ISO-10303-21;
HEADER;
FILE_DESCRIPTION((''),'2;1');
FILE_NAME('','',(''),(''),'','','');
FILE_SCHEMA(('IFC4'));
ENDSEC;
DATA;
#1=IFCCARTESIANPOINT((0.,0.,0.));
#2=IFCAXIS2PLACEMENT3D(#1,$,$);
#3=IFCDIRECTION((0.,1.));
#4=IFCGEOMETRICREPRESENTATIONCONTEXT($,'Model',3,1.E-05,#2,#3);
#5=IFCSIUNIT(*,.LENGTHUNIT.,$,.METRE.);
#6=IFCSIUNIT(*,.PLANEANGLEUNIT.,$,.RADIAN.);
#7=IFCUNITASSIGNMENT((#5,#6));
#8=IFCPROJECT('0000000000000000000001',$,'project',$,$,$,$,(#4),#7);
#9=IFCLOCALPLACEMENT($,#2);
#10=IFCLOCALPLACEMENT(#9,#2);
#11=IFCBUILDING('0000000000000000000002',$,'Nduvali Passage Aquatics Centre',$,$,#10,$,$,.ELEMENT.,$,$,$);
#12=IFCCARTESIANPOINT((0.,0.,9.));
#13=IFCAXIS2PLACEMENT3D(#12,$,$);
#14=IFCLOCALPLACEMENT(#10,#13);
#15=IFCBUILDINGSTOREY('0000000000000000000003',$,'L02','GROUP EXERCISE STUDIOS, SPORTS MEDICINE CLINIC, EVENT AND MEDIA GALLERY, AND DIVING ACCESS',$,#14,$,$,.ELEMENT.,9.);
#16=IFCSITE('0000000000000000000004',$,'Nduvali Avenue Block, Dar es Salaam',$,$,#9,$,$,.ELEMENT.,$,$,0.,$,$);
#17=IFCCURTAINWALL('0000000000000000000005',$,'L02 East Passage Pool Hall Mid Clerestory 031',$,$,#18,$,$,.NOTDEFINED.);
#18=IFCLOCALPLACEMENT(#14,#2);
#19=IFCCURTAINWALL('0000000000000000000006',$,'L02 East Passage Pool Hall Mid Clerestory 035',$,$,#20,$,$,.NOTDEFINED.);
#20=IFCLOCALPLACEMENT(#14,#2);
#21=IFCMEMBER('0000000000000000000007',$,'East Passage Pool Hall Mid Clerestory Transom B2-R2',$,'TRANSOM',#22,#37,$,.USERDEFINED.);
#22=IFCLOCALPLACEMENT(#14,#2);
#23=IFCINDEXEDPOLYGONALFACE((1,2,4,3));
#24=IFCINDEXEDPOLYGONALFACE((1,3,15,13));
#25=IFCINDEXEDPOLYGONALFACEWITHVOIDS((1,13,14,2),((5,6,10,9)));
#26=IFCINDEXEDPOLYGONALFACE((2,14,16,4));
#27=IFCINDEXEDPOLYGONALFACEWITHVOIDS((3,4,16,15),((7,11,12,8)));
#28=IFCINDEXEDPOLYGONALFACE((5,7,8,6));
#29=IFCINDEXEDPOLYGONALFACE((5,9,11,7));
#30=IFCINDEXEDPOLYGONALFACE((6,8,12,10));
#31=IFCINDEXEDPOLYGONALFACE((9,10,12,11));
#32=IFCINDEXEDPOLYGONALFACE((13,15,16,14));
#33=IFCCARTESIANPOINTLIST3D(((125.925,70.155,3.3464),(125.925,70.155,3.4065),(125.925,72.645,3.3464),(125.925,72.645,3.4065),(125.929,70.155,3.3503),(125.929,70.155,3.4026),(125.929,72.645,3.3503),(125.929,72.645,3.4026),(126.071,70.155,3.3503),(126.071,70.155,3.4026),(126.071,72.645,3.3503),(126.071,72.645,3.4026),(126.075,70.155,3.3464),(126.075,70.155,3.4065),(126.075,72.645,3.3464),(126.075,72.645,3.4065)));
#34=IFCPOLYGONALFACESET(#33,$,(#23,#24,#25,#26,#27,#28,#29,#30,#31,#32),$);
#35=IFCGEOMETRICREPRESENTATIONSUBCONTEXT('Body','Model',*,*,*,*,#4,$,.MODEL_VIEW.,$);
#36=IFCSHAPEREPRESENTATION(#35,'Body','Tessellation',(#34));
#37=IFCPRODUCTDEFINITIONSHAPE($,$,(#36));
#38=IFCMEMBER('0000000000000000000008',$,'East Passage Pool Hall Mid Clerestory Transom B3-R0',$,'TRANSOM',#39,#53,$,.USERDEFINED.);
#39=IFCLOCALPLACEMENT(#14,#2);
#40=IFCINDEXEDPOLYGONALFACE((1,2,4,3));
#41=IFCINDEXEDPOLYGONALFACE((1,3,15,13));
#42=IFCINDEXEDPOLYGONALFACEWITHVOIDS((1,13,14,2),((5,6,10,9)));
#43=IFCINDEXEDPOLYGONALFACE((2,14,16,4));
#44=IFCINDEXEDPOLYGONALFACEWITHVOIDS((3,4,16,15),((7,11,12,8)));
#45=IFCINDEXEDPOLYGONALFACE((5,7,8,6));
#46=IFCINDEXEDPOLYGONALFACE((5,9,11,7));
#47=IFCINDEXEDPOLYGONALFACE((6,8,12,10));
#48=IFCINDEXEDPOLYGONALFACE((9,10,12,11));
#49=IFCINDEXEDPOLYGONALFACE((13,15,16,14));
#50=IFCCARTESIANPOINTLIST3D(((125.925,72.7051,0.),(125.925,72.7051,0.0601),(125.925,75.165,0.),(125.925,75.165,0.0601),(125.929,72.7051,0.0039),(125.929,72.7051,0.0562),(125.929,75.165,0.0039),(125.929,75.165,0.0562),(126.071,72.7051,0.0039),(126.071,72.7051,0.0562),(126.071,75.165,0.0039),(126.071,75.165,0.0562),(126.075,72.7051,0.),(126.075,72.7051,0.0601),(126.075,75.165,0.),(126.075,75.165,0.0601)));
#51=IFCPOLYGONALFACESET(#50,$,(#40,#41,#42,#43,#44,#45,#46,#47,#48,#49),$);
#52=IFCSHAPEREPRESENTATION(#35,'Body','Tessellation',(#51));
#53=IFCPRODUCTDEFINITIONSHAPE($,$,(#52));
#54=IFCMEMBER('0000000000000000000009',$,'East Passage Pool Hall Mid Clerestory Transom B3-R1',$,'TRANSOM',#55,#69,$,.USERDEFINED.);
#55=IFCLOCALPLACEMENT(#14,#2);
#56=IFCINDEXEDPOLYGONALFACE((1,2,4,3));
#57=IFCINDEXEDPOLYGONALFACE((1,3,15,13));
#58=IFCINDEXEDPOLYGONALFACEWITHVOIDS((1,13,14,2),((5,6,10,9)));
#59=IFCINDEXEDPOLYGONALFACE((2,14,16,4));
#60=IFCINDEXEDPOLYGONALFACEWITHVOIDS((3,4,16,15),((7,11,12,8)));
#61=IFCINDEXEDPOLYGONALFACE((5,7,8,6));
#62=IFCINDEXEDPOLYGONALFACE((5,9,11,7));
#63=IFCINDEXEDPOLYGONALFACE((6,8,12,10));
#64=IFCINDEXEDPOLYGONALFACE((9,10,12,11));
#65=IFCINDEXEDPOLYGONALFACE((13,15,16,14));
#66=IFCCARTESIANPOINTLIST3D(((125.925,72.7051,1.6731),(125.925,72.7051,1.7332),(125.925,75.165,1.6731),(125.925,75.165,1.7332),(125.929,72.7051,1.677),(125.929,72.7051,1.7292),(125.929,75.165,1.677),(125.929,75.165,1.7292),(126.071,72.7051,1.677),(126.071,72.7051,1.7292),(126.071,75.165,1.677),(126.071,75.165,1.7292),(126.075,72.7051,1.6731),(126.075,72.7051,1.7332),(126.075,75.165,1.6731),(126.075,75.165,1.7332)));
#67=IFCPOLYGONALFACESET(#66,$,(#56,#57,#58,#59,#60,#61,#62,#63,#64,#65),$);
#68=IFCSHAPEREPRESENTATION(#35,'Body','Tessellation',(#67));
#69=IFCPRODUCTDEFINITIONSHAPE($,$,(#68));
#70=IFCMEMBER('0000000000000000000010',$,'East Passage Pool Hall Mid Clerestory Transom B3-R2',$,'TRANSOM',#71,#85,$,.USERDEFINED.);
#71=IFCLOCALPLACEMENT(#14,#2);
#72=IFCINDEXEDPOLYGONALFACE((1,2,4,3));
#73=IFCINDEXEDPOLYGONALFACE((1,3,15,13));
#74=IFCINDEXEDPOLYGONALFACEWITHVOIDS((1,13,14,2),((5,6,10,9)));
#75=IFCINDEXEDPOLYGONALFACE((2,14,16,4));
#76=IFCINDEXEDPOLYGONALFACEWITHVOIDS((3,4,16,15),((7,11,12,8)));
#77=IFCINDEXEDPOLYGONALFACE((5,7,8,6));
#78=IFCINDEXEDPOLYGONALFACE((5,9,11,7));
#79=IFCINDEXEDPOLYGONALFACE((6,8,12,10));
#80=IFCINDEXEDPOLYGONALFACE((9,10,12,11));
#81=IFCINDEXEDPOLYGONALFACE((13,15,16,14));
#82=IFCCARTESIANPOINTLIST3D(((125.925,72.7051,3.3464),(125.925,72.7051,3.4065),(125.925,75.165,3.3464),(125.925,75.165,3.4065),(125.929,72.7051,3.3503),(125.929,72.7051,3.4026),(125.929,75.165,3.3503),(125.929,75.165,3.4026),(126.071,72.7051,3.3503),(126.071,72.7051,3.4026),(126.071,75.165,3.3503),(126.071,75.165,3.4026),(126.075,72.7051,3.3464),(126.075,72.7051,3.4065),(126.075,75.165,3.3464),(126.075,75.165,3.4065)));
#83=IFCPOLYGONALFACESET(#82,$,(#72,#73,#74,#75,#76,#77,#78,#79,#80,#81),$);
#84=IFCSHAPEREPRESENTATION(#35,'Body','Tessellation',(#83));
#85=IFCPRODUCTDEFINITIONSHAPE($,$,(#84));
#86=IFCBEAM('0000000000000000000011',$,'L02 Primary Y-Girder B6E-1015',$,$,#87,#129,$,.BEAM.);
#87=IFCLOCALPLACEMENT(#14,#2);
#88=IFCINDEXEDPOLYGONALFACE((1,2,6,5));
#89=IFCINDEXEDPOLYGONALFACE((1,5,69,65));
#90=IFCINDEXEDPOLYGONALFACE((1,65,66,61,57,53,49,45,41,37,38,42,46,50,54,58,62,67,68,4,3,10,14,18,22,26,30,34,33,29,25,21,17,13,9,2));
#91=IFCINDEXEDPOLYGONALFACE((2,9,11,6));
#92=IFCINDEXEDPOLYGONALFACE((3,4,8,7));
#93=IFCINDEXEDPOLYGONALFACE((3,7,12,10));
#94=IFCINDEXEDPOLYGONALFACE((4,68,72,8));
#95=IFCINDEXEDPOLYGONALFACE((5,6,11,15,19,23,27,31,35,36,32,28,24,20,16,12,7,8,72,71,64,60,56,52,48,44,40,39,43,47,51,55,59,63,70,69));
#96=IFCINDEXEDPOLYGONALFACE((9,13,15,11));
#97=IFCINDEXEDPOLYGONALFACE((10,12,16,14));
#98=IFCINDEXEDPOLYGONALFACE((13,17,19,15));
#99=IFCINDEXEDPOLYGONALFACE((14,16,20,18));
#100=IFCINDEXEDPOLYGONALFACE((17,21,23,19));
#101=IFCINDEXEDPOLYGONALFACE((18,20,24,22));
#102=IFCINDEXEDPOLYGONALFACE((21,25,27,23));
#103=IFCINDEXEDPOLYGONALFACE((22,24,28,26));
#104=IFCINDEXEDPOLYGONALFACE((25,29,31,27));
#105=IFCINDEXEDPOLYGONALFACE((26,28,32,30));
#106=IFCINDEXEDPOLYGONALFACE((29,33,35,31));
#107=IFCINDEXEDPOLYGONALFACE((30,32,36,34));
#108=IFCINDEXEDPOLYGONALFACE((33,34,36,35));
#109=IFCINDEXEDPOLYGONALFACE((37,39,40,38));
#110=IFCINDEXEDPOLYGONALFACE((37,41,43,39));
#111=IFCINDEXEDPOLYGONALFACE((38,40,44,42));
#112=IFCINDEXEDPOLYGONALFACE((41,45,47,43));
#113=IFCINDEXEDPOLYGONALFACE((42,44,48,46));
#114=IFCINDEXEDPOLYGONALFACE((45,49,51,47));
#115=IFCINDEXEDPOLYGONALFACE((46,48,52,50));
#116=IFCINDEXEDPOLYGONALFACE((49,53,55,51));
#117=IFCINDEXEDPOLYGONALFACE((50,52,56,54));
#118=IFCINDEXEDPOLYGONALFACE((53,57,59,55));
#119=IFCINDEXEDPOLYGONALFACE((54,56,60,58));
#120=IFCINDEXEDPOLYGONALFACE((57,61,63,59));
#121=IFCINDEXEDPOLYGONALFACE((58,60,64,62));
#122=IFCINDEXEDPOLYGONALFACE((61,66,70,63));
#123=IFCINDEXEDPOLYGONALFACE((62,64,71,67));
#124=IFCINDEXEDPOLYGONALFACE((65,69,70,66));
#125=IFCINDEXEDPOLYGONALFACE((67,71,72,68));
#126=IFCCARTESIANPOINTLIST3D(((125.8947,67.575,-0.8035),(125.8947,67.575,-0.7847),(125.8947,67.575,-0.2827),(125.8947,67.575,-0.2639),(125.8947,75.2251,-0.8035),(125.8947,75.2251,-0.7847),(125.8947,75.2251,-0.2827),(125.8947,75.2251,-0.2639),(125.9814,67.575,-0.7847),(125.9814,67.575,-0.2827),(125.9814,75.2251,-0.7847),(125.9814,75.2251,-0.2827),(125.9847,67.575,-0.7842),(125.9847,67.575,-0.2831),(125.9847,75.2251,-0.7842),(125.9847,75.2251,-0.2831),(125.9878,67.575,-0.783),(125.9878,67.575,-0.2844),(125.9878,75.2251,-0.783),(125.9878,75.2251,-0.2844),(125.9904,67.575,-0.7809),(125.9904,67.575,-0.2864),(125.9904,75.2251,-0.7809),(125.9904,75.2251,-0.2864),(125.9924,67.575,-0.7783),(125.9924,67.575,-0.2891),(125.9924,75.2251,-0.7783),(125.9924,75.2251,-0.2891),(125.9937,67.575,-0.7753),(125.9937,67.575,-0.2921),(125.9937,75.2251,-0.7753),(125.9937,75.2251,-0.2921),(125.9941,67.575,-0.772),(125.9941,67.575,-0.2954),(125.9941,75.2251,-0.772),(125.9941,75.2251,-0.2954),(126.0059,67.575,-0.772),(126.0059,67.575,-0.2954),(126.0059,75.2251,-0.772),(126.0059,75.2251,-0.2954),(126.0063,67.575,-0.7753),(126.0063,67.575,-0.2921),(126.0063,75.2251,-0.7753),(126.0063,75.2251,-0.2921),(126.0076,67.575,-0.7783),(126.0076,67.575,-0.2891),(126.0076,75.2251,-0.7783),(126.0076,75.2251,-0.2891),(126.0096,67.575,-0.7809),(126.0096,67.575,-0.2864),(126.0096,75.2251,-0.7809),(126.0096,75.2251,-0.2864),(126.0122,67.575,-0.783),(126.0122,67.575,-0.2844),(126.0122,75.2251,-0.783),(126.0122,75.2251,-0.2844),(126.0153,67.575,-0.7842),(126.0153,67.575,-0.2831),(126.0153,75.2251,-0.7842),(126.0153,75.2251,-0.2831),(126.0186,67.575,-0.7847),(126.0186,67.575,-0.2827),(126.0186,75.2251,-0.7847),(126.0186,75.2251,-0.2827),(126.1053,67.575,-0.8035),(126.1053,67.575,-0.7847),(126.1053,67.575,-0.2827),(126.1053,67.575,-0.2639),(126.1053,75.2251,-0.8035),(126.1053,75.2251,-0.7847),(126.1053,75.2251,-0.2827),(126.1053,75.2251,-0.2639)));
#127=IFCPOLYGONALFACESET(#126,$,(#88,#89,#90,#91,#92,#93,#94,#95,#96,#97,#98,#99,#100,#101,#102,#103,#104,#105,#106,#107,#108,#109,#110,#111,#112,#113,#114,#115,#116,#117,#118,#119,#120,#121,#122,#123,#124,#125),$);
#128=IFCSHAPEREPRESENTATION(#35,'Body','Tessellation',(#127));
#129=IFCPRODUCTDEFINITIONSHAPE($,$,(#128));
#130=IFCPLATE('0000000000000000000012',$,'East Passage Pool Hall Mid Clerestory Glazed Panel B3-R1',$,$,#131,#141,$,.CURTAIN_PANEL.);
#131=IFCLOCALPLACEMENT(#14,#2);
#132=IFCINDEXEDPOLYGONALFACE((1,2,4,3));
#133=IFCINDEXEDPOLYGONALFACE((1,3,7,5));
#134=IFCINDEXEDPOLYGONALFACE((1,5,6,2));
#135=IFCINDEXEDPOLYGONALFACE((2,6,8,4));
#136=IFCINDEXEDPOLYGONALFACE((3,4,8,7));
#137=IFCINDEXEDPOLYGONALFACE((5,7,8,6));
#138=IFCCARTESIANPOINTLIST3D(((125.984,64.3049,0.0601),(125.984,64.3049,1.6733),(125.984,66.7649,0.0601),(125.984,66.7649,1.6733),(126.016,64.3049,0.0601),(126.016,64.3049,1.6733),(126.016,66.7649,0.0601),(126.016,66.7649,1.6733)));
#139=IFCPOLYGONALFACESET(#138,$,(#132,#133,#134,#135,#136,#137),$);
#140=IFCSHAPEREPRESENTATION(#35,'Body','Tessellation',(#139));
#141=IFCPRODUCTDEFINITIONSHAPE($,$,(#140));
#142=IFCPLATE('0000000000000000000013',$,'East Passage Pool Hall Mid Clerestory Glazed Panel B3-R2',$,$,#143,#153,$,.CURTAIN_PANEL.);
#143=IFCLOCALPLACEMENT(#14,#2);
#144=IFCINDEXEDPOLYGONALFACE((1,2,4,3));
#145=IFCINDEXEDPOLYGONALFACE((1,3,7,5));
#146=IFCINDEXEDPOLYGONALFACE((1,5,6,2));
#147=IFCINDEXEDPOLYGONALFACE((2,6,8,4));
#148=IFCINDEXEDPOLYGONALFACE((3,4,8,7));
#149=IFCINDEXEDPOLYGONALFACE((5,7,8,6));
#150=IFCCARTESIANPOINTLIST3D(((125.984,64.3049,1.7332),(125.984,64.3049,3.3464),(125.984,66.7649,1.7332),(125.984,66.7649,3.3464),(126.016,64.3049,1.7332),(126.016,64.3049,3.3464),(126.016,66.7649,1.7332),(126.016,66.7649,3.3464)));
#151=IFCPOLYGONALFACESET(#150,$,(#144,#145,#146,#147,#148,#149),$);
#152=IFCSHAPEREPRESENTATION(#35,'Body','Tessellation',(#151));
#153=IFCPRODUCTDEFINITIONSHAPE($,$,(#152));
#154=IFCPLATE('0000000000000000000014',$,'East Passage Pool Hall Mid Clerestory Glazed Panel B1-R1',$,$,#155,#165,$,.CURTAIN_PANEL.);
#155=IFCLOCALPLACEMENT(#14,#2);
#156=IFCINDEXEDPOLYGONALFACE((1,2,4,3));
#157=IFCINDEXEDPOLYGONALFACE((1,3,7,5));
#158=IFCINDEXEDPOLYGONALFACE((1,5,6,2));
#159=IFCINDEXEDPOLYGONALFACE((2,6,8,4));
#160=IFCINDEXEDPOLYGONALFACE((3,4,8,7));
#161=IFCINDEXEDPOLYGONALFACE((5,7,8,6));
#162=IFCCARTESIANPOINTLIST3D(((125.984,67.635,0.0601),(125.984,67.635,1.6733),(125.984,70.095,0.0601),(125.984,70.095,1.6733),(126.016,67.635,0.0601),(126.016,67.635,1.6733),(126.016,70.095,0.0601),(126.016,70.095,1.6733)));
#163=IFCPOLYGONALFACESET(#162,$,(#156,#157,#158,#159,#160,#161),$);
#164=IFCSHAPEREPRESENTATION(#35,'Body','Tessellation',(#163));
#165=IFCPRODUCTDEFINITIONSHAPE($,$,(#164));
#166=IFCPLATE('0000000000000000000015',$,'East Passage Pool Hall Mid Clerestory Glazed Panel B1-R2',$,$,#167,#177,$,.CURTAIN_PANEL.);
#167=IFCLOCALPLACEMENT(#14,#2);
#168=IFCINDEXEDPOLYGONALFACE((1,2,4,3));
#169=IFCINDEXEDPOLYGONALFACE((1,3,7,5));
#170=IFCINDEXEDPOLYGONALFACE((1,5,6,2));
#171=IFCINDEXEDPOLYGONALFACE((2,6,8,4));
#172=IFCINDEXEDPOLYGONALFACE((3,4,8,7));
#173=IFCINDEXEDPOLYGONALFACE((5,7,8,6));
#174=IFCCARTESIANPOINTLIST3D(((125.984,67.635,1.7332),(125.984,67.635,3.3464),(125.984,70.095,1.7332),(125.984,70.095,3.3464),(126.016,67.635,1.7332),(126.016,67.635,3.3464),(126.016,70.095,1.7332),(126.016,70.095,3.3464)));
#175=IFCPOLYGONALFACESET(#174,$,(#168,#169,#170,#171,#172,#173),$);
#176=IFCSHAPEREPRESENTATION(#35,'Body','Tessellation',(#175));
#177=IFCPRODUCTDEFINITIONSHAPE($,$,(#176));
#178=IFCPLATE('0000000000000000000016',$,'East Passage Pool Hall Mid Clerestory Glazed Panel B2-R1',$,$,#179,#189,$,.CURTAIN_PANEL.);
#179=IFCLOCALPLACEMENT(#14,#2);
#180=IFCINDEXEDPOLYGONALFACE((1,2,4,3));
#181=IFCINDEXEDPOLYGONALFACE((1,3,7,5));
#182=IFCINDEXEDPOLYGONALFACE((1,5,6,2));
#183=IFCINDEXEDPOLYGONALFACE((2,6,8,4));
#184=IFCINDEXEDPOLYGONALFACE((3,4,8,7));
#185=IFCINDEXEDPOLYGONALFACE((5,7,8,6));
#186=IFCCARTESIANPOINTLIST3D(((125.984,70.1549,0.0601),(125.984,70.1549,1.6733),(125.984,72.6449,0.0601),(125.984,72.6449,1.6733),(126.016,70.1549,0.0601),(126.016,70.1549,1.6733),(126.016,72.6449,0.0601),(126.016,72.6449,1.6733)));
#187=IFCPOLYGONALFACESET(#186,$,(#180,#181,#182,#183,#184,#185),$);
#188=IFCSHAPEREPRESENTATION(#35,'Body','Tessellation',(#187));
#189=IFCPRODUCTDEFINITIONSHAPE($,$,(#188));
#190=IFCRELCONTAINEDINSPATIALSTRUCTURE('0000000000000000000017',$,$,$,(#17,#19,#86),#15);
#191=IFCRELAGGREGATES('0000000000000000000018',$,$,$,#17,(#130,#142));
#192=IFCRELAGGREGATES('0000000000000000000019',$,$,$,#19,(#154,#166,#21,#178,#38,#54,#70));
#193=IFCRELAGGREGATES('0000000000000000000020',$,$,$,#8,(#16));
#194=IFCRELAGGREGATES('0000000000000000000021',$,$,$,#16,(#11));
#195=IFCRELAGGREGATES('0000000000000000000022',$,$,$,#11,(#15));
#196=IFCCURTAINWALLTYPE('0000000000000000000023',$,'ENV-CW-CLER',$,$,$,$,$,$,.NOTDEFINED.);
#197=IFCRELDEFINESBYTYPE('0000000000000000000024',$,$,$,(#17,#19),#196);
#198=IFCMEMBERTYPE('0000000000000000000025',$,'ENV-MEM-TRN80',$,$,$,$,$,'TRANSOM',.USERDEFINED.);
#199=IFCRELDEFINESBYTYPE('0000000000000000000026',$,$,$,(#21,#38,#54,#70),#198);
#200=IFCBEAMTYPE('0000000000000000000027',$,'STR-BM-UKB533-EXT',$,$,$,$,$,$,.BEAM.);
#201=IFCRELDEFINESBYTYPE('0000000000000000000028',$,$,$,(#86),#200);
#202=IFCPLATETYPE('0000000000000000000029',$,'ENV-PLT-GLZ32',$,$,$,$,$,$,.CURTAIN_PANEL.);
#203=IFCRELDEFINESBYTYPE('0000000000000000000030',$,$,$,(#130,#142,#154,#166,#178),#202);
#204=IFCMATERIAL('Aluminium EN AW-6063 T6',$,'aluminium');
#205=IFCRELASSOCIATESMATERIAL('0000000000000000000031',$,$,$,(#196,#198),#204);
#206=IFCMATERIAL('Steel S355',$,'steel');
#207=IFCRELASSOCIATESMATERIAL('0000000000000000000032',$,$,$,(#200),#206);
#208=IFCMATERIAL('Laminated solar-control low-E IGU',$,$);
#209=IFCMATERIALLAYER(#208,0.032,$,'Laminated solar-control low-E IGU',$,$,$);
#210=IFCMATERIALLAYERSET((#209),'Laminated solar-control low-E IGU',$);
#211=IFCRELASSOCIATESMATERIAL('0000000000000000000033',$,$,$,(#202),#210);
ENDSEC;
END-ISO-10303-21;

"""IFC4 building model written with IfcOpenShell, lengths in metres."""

from ifc_helpers import new_model, si_unit, direction, frame, origin, origin_2d, place, context, subcontext, project, spatial, rectangle, hollow_rectangle, i_section, extrude, material, layer, layer_set, material_profile, profile_set, type_object, element, aggregate, save


model = new_model("IFC4")

# Units and contexts
model_context = context("Model", 3, precision=1e-05, world=origin(), true_north=direction((0.0, 1.0)))
body_context = subcontext(model_context, "Body", "Model", "MODEL_VIEW")
ifc_project = project(units=[si_unit("LENGTHUNIT", "METRE"), si_unit("PLANEANGLEUNIT", "RADIAN")], contexts=[model_context])

# Site, building, storey
site_placement = place(None, origin())
site = spatial("IfcSite", under=ifc_project, at=site_placement, Name="Nduvali Avenue Block, Dar es Salaam", CompositionType="ELEMENT", RefElevation=0.0)
building_placement = place(site_placement, origin())
building = spatial("IfcBuilding", under=site, at=building_placement, Name="Nduvali Passage Aquatics Centre", CompositionType="ELEMENT")
storey_placement = place(building_placement, frame((0.0, 0.0, 9.0)))
storey = spatial("IfcBuildingStorey", under=building, at=storey_placement, Name="L02", Description="GROUP EXERCISE STUDIOS, SPORTS MEDICINE CLINIC, EVENT AND MEDIA GALLERY, AND DIVING ACCESS", CompositionType="ELEMENT", Elevation=9.0)

# Curtain wall
ifc_material_1 = material(Name="Aluminium EN AW-6063 T6", Category="aluminium")
curtain_wall_type = type_object("IfcCurtainWallType", Name="ENV-CW-CLER", PredefinedType="NOTDEFINED", material=ifc_material_1)
curtain_wall_1_placement = place(storey_placement, origin())
curtain_wall_1 = element("IfcCurtainWall", 1, at=curtain_wall_1_placement, inside=storey, type_object=curtain_wall_type, Name="L02 East Passage Pool Hall Mid Clerestory 031", PredefinedType="NOTDEFINED")

# Curtain wall
curtain_wall_2_placement = place(storey_placement, origin())
curtain_wall_2 = element("IfcCurtainWall", 2, at=curtain_wall_2_placement, inside=storey, type_object=curtain_wall_type, Name="L02 East Passage Pool Hall Mid Clerestory 035", PredefinedType="NOTDEFINED")

# Members
ifc_material_profile_1 = material_profile(ifc_material_1, hollow_rectangle(XDim=0.1499, YDim=0.0601, WallThickness=0.0039, at=origin_2d()), Name="ALU TRANSOM 150x60x4")
ifc_profile_set_1 = profile_set([ifc_material_profile_1], Name="Aluminium EN AW-6063 T6")
member_type_1 = type_object("IfcMemberType", Name="ENV-MEM-TRN80", ElementType="TRANSOM", PredefinedType="USERDEFINED", material=ifc_profile_set_1)
member_1_placement = place(storey_placement, frame((126.0, 70.155, 3.3765), z_axis=(0.0, 1.0, 0.0), x_axis=(-1.0, 0.0, 0.0)))
member_1 = element("IfcMember", 3, at=member_1_placement, type_object=member_type_1, Name="East Passage Pool Hall Mid Clerestory Transom B2-R2", ObjectType="TRANSOM", PredefinedType="USERDEFINED", context=body_context, shape_type="SweptSolid", body=[
    extrude(hollow_rectangle(XDim=0.1499, YDim=0.0601, WallThickness=0.0039, at=origin_2d()), origin(), (0.0, 0.0, 1.0), 2.49),
])
member_2_placement = place(storey_placement, frame((126.0, 72.7051, 0.03), z_axis=(0.0, 1.0, 0.0), x_axis=(-1.0, 0.0, 0.0)))
member_2 = element("IfcMember", 4, at=member_2_placement, type_object=member_type_1, Name="East Passage Pool Hall Mid Clerestory Transom B3-R0", ObjectType="TRANSOM", PredefinedType="USERDEFINED", context=body_context, shape_type="SweptSolid", body=[
    extrude(hollow_rectangle(XDim=0.1499, YDim=0.0601, WallThickness=0.0039, at=origin_2d()), origin(), (0.0, 0.0, 1.0), 2.46),
])
member_3_placement = place(storey_placement, frame((126.0, 72.7051, 1.7031), z_axis=(0.0, 1.0, 0.0), x_axis=(-1.0, 0.0, 0.0)))
member_3 = element("IfcMember", 5, at=member_3_placement, type_object=member_type_1, Name="East Passage Pool Hall Mid Clerestory Transom B3-R1", ObjectType="TRANSOM", PredefinedType="USERDEFINED", context=body_context, shape_type="SweptSolid", body=[
    extrude(hollow_rectangle(XDim=0.1499, YDim=0.0601, WallThickness=0.0039, at=origin_2d()), origin(), (0.0, 0.0, 1.0), 2.46),
])
member_4_placement = place(storey_placement, frame((126.0, 72.7051, 3.3765), z_axis=(0.0, 1.0, 0.0), x_axis=(-1.0, 0.0, 0.0)))
member_4 = element("IfcMember", 6, at=member_4_placement, type_object=member_type_1, Name="East Passage Pool Hall Mid Clerestory Transom B3-R2", ObjectType="TRANSOM", PredefinedType="USERDEFINED", context=body_context, shape_type="SweptSolid", body=[
    extrude(hollow_rectangle(XDim=0.1499, YDim=0.0601, WallThickness=0.0039, at=origin_2d()), origin(), (0.0, 0.0, 1.0), 2.46),
])

# Beam
ifc_material_2 = material(Name="Steel S355", Category="steel")
ifc_material_profile_2 = material_profile(ifc_material_2, i_section(OverallWidth=0.2107, OverallDepth=0.5396, WebThickness=0.0117, FlangeThickness=0.0188, FilletRadius=0.0127, at=origin_2d()), Name="UKB 533x210x109")
ifc_profile_set_2 = profile_set([ifc_material_profile_2], Name="Steel S355")
beam_type = type_object("IfcBeamType", Name="STR-BM-UKB533-EXT", PredefinedType="BEAM", material=ifc_profile_set_2)
beam_placement = place(storey_placement, frame((126.0, 67.575, -0.5337), z_axis=(0.0, 1.0, 0.0), x_axis=(-1.0, 0.0, 0.0)))
element("IfcBeam", 7, at=beam_placement, inside=storey, type_object=beam_type, Name="L02 Primary Y-Girder B6E-1015", PredefinedType="BEAM", context=body_context, shape_type="SweptSolid", body=[
    extrude(i_section(OverallWidth=0.2107, OverallDepth=0.5396, WebThickness=0.0117, FlangeThickness=0.0188, FilletRadius=0.0127, at=origin_2d()), origin(), (0.0, 0.0, 1.0), 7.6501),
])

# Plates
ifc_material_3 = material(Name="Laminated solar-control low-E IGU")
ifc_layer = layer(ifc_material_3, 0.032, Name="Laminated solar-control low-E IGU")
ifc_layer_set = layer_set([ifc_layer], Name="Laminated solar-control low-E IGU")
plate_type = type_object("IfcPlateType", Name="ENV-PLT-GLZ32", PredefinedType="CURTAIN_PANEL", material=ifc_layer_set)
plate_1_placement = place(storey_placement, frame((126.0, 65.5349, 0.0601), z_axis=(0.0, 0.0, 1.0), x_axis=(0.0, 1.0, 0.0)))
plate_1 = element("IfcPlate", 8, at=plate_1_placement, type_object=plate_type, Name="East Passage Pool Hall Mid Clerestory Glazed Panel B3-R1", PredefinedType="CURTAIN_PANEL", context=body_context, shape_type="SweptSolid", body=[
    extrude(rectangle(XDim=2.46, YDim=0.032, at=origin_2d()), origin(), (0.0, 0.0, 1.0), 1.6133),
])
plate_2_placement = place(storey_placement, frame((126.0, 65.5349, 1.7332), z_axis=(0.0, 0.0, 1.0), x_axis=(0.0, 1.0, 0.0)))
plate_2 = element("IfcPlate", 9, at=plate_2_placement, type_object=plate_type, Name="East Passage Pool Hall Mid Clerestory Glazed Panel B3-R2", PredefinedType="CURTAIN_PANEL", context=body_context, shape_type="SweptSolid", body=[
    extrude(rectangle(XDim=2.46, YDim=0.032, at=origin_2d()), origin(), (0.0, 0.0, 1.0), 1.6133),
])
aggregate(curtain_wall_1, [plate_1, plate_2])
plate_3_placement = place(storey_placement, frame((126.0, 68.865, 0.0601), z_axis=(0.0, 0.0, 1.0), x_axis=(0.0, 1.0, 0.0)))
plate_3 = element("IfcPlate", 10, at=plate_3_placement, type_object=plate_type, Name="East Passage Pool Hall Mid Clerestory Glazed Panel B1-R1", PredefinedType="CURTAIN_PANEL", context=body_context, shape_type="SweptSolid", body=[
    extrude(rectangle(XDim=2.46, YDim=0.032, at=origin_2d()), origin(), (0.0, 0.0, 1.0), 1.6133),
])
plate_4_placement = place(storey_placement, frame((126.0, 68.865, 1.7332), z_axis=(0.0, 0.0, 1.0), x_axis=(0.0, 1.0, 0.0)))
plate_4 = element("IfcPlate", 11, at=plate_4_placement, type_object=plate_type, Name="East Passage Pool Hall Mid Clerestory Glazed Panel B1-R2", PredefinedType="CURTAIN_PANEL", context=body_context, shape_type="SweptSolid", body=[
    extrude(rectangle(XDim=2.46, YDim=0.032, at=origin_2d()), origin(), (0.0, 0.0, 1.0), 1.6133),
])
plate_5_placement = place(storey_placement, frame((126.0, 71.3999, 0.0601), z_axis=(0.0, 0.0, 1.0), x_axis=(0.0, 1.0, 0.0)))
plate_5 = element("IfcPlate", 12, at=plate_5_placement, type_object=plate_type, Name="East Passage Pool Hall Mid Clerestory Glazed Panel B2-R1", PredefinedType="CURTAIN_PANEL", context=body_context, shape_type="SweptSolid", body=[
    extrude(rectangle(XDim=2.49, YDim=0.032, at=origin_2d()), origin(), (0.0, 0.0, 1.0), 1.6133),
])
aggregate(curtain_wall_2, [plate_3, plate_4, member_1, plate_5, member_2, member_3, member_4])

save(model, "model.ifc")
